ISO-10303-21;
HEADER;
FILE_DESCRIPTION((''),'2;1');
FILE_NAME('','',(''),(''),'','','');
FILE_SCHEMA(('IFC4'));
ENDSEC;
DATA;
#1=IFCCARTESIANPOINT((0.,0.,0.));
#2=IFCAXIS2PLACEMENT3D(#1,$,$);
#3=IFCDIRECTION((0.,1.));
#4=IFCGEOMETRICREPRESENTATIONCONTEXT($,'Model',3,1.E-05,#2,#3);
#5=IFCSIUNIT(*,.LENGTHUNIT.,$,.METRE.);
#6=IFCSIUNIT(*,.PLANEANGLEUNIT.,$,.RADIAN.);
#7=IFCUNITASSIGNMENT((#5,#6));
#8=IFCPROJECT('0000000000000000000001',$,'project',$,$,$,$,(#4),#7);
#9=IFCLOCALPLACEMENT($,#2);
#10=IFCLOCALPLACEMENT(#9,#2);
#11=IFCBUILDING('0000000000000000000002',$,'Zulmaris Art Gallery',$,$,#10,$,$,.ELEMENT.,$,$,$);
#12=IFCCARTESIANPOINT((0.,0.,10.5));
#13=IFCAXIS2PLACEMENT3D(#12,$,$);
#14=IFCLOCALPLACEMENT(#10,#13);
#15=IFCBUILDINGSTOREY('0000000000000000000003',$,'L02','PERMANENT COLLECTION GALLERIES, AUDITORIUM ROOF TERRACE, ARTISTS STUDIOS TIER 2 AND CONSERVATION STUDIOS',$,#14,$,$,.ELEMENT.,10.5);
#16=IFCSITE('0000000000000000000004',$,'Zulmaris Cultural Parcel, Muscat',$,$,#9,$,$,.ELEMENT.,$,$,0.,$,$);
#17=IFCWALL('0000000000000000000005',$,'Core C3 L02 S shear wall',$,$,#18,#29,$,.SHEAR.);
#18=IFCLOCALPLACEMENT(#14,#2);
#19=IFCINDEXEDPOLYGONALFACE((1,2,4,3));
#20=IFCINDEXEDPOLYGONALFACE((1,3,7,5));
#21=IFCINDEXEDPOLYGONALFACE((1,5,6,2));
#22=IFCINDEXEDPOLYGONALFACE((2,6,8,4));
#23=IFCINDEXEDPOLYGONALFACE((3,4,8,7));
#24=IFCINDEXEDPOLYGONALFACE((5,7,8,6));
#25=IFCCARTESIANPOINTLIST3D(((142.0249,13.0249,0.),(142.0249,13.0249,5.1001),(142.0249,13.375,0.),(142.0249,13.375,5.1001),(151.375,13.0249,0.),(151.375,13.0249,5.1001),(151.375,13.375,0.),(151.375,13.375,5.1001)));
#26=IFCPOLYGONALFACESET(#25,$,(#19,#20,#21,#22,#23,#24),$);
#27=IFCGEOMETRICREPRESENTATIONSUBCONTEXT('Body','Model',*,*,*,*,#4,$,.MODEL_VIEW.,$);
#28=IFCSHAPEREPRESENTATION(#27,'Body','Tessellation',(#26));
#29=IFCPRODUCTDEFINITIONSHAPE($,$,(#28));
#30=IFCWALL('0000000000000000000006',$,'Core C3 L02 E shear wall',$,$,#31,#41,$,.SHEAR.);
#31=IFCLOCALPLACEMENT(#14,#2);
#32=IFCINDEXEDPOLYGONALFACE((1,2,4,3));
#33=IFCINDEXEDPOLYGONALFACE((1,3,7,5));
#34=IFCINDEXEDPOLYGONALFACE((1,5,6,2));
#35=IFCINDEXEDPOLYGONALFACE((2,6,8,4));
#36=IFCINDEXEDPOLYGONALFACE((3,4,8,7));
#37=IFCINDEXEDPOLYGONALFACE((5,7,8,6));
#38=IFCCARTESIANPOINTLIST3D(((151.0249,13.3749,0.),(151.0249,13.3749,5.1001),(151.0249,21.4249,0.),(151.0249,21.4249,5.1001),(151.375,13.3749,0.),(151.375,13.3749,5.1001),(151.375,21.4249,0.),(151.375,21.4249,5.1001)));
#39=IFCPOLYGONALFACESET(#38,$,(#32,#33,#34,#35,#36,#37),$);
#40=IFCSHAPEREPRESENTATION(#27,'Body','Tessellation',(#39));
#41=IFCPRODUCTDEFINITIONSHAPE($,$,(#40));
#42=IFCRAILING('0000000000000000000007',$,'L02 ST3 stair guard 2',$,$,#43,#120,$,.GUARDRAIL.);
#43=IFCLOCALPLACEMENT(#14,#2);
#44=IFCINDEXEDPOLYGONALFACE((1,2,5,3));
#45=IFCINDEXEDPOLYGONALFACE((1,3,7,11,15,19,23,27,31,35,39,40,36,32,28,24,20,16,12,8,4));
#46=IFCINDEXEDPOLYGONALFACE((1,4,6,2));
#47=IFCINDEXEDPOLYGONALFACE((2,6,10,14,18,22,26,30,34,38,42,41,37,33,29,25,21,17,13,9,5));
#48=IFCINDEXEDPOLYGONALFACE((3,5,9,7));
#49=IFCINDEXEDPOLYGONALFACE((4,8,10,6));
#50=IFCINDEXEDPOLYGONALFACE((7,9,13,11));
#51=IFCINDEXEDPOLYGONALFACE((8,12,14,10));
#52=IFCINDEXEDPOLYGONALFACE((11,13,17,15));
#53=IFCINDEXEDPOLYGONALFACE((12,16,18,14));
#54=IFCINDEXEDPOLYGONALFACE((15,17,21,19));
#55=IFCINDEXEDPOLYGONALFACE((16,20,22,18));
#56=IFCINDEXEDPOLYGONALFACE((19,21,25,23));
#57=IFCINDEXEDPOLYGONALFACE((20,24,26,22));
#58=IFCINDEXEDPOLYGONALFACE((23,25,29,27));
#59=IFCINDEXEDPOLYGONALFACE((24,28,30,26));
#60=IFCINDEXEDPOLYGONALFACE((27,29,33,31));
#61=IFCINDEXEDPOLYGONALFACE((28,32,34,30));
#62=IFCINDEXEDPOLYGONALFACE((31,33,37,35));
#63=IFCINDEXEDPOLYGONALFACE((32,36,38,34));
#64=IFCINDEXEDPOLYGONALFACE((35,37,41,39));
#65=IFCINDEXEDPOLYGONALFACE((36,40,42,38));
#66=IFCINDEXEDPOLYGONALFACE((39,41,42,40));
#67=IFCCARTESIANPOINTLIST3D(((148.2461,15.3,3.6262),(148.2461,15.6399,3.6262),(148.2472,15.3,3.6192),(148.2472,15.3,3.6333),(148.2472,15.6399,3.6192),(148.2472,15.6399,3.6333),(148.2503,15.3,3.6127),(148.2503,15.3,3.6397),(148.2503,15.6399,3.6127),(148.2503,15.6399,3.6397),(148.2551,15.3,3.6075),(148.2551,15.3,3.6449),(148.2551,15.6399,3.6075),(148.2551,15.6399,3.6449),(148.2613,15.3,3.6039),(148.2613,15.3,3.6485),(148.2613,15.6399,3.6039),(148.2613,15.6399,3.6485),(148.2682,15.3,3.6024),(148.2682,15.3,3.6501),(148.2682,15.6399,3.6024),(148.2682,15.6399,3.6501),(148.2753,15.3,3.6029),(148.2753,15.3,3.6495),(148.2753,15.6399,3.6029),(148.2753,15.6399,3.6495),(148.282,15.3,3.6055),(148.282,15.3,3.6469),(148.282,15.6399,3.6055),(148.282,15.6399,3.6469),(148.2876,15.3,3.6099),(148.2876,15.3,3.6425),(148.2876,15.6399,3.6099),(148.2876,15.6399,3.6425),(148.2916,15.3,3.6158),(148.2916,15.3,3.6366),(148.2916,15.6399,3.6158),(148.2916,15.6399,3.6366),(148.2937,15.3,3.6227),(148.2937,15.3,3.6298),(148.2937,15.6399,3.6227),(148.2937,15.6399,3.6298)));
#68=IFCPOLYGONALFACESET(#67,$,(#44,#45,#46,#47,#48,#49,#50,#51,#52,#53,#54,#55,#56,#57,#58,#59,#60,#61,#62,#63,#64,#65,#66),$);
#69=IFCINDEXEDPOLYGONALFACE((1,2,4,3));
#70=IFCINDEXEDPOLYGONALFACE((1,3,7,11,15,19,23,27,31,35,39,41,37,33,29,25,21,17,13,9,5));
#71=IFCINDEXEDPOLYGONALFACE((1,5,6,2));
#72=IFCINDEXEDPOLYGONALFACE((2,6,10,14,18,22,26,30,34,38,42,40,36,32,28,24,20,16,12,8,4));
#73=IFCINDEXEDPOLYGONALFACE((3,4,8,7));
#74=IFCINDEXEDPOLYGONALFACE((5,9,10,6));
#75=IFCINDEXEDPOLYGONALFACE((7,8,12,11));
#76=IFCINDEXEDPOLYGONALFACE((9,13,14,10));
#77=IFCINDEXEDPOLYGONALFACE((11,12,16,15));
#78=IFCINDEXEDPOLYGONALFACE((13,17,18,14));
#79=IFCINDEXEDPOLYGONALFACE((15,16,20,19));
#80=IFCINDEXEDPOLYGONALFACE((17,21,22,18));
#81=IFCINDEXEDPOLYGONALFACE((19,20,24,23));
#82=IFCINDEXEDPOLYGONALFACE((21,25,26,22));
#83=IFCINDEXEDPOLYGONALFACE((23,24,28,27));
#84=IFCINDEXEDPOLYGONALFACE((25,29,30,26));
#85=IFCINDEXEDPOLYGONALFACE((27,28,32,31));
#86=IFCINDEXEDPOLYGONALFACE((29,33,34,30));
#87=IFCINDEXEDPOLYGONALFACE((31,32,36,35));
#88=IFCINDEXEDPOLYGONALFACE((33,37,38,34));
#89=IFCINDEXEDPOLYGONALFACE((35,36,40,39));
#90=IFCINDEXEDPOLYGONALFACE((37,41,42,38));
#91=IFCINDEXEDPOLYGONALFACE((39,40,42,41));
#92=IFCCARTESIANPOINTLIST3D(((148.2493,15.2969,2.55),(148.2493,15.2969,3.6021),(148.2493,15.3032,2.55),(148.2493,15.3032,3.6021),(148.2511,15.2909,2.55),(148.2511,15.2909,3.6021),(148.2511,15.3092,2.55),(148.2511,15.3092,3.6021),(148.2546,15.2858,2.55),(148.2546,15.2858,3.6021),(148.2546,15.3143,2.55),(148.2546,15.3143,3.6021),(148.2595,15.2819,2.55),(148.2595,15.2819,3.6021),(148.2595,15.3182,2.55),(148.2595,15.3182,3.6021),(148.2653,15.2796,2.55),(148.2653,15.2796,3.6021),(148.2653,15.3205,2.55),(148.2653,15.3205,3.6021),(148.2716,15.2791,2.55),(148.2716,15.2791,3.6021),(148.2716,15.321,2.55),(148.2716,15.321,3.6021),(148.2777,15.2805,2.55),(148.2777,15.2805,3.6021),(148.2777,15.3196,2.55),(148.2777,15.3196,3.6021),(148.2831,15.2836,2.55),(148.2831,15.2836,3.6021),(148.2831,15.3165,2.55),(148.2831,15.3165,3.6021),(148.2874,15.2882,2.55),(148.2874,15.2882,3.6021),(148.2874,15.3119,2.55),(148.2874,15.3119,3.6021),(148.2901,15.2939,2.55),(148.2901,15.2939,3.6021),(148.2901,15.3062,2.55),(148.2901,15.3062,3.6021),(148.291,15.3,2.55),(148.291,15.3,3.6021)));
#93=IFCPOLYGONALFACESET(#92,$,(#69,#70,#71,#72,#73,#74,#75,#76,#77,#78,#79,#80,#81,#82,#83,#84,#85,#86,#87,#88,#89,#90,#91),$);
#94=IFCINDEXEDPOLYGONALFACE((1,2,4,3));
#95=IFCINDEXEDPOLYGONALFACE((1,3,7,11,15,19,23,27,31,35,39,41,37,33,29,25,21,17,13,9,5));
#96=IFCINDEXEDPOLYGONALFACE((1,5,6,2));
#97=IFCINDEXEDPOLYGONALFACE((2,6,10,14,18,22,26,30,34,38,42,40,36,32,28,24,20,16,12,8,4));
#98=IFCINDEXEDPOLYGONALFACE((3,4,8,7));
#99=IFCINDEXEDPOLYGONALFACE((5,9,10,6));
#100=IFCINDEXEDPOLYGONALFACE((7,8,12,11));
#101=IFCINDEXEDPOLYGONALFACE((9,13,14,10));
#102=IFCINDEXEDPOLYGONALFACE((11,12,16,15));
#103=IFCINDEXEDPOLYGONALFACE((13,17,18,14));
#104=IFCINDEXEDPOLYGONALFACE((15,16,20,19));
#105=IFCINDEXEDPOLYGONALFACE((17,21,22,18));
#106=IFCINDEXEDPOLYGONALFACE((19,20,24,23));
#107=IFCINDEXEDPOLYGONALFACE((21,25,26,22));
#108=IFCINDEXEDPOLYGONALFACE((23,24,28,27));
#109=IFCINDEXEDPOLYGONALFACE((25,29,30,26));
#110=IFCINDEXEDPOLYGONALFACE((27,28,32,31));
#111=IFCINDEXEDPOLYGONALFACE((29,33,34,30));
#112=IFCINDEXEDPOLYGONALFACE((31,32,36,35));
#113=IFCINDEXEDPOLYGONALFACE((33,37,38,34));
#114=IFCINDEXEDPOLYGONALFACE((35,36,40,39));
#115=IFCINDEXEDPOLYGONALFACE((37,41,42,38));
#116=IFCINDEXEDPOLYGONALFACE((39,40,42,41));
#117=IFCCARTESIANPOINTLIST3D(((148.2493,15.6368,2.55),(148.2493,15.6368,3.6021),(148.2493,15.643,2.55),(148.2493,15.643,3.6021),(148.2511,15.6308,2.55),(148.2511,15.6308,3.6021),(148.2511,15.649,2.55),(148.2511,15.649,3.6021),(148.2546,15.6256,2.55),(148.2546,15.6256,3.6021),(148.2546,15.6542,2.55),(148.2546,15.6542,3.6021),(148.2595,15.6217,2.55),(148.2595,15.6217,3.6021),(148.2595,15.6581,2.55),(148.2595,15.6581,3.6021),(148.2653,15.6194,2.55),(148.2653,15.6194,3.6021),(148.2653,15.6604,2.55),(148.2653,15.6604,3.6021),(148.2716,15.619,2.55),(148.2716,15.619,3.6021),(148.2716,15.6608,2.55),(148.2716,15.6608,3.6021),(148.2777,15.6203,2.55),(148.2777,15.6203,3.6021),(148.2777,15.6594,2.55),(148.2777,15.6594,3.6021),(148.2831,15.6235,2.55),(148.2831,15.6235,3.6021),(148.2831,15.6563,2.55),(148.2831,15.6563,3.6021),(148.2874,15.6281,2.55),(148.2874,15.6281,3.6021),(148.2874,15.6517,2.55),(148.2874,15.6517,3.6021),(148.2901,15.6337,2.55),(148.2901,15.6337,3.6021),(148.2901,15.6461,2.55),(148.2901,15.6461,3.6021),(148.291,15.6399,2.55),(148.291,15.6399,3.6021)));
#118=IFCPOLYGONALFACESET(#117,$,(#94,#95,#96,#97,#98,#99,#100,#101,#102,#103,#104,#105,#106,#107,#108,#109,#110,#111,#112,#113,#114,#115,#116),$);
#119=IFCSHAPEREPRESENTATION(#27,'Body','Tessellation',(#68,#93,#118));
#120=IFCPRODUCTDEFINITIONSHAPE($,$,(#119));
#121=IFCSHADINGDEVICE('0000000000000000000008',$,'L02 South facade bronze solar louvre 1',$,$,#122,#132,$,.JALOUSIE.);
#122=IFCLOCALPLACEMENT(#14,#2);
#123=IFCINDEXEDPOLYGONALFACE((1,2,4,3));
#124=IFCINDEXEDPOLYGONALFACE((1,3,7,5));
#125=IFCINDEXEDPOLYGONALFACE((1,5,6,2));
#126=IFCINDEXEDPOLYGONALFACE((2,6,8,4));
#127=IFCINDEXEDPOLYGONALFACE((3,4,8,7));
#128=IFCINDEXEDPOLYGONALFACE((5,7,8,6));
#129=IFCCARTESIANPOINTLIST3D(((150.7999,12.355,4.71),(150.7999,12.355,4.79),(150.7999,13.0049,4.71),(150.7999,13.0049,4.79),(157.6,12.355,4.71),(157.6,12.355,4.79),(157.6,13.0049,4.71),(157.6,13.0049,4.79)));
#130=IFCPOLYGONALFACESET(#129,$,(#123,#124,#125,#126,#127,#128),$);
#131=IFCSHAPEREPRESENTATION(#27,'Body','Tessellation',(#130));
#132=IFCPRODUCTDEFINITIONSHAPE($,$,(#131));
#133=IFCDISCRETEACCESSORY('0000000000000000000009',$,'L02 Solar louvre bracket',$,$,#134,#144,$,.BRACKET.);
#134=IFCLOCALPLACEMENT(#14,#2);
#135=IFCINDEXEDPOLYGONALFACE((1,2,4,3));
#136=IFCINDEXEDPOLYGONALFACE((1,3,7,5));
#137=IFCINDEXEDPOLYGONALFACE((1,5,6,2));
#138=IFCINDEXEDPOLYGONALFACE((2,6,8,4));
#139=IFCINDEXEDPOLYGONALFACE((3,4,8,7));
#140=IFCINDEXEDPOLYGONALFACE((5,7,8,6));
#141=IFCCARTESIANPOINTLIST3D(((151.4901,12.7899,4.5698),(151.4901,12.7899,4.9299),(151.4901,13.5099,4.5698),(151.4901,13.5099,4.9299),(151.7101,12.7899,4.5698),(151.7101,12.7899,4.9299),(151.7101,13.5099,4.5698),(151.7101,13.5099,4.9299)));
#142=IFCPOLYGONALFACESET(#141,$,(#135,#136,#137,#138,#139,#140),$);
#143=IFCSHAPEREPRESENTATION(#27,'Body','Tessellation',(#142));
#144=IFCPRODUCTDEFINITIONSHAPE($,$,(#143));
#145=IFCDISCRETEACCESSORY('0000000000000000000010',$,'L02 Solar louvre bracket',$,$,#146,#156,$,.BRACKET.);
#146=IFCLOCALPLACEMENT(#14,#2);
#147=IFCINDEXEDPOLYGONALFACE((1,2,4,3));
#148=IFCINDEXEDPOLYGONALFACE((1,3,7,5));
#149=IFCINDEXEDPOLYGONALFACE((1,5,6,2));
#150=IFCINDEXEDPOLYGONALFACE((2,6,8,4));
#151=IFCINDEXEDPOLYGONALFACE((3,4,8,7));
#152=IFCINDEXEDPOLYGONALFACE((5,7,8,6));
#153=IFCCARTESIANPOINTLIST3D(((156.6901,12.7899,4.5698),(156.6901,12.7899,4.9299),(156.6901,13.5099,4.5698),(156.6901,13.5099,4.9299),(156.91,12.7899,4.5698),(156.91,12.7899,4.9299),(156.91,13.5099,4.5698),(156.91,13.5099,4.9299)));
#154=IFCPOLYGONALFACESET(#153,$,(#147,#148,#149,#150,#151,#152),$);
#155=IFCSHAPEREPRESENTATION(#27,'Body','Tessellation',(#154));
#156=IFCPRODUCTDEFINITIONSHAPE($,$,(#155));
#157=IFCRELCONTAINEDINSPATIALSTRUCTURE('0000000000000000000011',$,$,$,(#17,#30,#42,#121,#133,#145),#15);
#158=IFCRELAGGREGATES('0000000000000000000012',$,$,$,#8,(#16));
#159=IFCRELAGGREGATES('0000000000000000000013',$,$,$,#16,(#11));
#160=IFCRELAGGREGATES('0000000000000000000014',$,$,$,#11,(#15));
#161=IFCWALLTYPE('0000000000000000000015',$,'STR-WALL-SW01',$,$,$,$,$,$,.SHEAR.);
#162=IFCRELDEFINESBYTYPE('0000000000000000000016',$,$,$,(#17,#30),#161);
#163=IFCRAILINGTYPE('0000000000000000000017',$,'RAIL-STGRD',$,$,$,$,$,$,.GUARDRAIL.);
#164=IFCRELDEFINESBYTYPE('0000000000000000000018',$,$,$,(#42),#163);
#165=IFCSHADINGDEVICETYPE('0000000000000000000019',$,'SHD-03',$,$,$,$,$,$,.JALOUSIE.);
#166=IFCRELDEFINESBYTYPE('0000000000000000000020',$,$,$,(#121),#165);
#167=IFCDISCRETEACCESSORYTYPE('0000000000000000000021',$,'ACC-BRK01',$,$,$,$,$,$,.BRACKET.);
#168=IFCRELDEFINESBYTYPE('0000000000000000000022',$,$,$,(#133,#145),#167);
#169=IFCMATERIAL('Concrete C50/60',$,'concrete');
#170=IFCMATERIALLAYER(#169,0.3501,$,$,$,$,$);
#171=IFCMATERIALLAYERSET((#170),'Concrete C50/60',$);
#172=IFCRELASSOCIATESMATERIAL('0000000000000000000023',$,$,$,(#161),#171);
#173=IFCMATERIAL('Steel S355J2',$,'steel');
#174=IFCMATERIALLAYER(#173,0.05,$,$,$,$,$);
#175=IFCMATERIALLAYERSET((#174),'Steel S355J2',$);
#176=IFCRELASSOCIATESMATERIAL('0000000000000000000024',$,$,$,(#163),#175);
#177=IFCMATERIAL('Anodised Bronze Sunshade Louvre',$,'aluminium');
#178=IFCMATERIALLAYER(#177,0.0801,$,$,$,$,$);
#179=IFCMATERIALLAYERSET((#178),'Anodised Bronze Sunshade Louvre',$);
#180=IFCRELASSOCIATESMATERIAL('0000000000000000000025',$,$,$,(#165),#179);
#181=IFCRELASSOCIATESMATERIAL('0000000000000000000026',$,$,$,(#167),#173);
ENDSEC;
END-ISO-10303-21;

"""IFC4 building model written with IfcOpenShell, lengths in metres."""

from ifc_helpers import new_model, si_unit, direction, frame, frame_2d, origin, origin_2d, place, context, subcontext, project, spatial, rectangle, circle, extrude, material, layer, layer_set, type_object, element, save


model = new_model("IFC4")

# Units and contexts
model_context = context("Model", 3, precision=1e-05, world=origin(), true_north=direction((0.0, 1.0)))
body_context = subcontext(model_context, "Body", "Model", "MODEL_VIEW")
ifc_project = project(units=[si_unit("LENGTHUNIT", "METRE"), si_unit("PLANEANGLEUNIT", "RADIAN")], contexts=[model_context])

# Site, building, storey
site_placement = place(None, origin())
site = spatial("IfcSite", under=ifc_project, at=site_placement, Name="Zulmaris Cultural Parcel, Muscat", CompositionType="ELEMENT", RefElevation=0.0)
building_placement = place(site_placement, origin())
building = spatial("IfcBuilding", under=site, at=building_placement, Name="Zulmaris Art Gallery", CompositionType="ELEMENT")
storey_placement = place(building_placement, frame((0.0, 0.0, 10.5)))
storey = spatial("IfcBuildingStorey", under=building, at=storey_placement, Name="L02", Description="PERMANENT COLLECTION GALLERIES, AUDITORIUM ROOF TERRACE, ARTISTS STUDIOS TIER 2 AND CONSERVATION STUDIOS", CompositionType="ELEMENT", Elevation=10.5)

# Walls
ifc_material_1 = material(Name="Concrete C50/60", Category="concrete")
ifc_layer_1 = layer(ifc_material_1, 0.3501)
ifc_layer_set_1 = layer_set([ifc_layer_1], Name="Concrete C50/60")
wall_type_1 = type_object("IfcWallType", Name="STR-WALL-SW01", PredefinedType="SHEAR", material=ifc_layer_set_1)
wall_1_placement = place(storey_placement, frame((151.375, 13.2, 0.0), z_axis=(0.0, 0.0, 1.0), x_axis=(-1.0, 0.0, 0.0)))
element("IfcWall", 1, at=wall_1_placement, inside=storey, type_object=wall_type_1, Name="Core C3 L02 S shear wall", PredefinedType="SHEAR", context=body_context, shape_type="SweptSolid", body=[
    extrude(rectangle(XDim=9.3501, YDim=0.3501, at=frame_2d((4.675, 0.0))), origin(), (0.0, 0.0, 1.0), 5.1001),
])
wall_2_placement = place(storey_placement, frame((151.2, 13.375, 0.0), z_axis=(0.0, 0.0, 1.0), x_axis=(0.0, 1.0, 0.0)))
element("IfcWall", 2, at=wall_2_placement, inside=storey, type_object=wall_type_1, Name="Core C3 L02 E shear wall", PredefinedType="SHEAR", context=body_context, shape_type="SweptSolid", body=[
    extrude(rectangle(XDim=8.05, YDim=0.3501, at=frame_2d((4.0249, 0.0))), origin(), (0.0, 0.0, 1.0), 5.1001),
])

# Railing
ifc_material_2 = material(Name="Steel S355J2", Category="steel")
ifc_layer_2 = layer(ifc_material_2, 0.05)
ifc_layer_set_2 = layer_set([ifc_layer_2], Name="Steel S355J2")
railing_type = type_object("IfcRailingType", Name="RAIL-STGRD", PredefinedType="GUARDRAIL", material=ifc_layer_set_2)
railing_placement = place(storey_placement, frame((148.27, 15.3, 2.55)))
element("IfcRailing", 3, at=railing_placement, inside=storey, type_object=railing_type, Name="L02 ST3 stair guard 2", PredefinedType="GUARDRAIL", context=body_context, shape_type="SweptSolid", body=[
    extrude(circle(Radius=0.0239, at=origin_2d()), frame((0.0, 0.0, 1.0762), z_axis=(0.0, 1.0, 0.0), x_axis=(-1.0, 0.0, 0.0)), (0.0, 0.0, 1.0), 0.3398),
    extrude(circle(Radius=0.021, at=origin_2d()), origin(), (0.0, 0.0, 1.0), 1.052),
    extrude(circle(Radius=0.021, at=origin_2d()), frame((0.0, 0.3398, 0.0)), (0.0, 0.0, 1.0), 1.052),
])

# Shading device
ifc_material_3 = material(Name="Anodised Bronze Sunshade Louvre", Category="aluminium")
ifc_layer_3 = layer(ifc_material_3, 0.0801)
ifc_layer_set_3 = layer_set([ifc_layer_3], Name="Anodised Bronze Sunshade Louvre")
shading_device_type = type_object("IfcShadingDeviceType", Name="SHD-03", PredefinedType="JALOUSIE", material=ifc_layer_set_3)
shading_device_placement = place(storey_placement, frame((154.2, 12.6799, 4.71), z_axis=(0.0, 0.0, 1.0), x_axis=(1.0, 0.0, 0.0)))
element("IfcShadingDevice", 4, at=shading_device_placement, inside=storey, type_object=shading_device_type, Name="L02 South facade bronze solar louvre 1", PredefinedType="JALOUSIE", context=body_context, shape_type="SweptSolid", body=[
    extrude(rectangle(XDim=6.8, YDim=0.6499, at=origin_2d()), origin(), (0.0, 0.0, 1.0), 0.0801),
])

# Discrete accessories
discrete_accessory_type = type_object("IfcDiscreteAccessoryType", Name="ACC-BRK01", PredefinedType="BRACKET", material=ifc_material_2)
for number, where, z_axis, x_axis, name in (
    (5, (151.6001, 13.1499, 4.5698), (0.0, 0.0, 1.0), (1.0, 0.0, 0.0), "L02 Solar louvre bracket"),
    (6, (156.8, 13.1499, 4.5698), (0.0, 0.0, 1.0), (1.0, 0.0, 0.0), "L02 Solar louvre bracket"),
):
    element("IfcDiscreteAccessory", number, at=place(storey_placement, frame(where, z_axis=z_axis, x_axis=x_axis)), inside=storey, type_object=discrete_accessory_type, Name=name, PredefinedType="BRACKET", context=body_context, shape_type="SweptSolid", body=[
        extrude(rectangle(XDim=0.22, YDim=0.72, at=origin_2d()), origin(), (0.0, 0.0, 1.0), 0.3601),
    ])

save(model, "model.ifc")
